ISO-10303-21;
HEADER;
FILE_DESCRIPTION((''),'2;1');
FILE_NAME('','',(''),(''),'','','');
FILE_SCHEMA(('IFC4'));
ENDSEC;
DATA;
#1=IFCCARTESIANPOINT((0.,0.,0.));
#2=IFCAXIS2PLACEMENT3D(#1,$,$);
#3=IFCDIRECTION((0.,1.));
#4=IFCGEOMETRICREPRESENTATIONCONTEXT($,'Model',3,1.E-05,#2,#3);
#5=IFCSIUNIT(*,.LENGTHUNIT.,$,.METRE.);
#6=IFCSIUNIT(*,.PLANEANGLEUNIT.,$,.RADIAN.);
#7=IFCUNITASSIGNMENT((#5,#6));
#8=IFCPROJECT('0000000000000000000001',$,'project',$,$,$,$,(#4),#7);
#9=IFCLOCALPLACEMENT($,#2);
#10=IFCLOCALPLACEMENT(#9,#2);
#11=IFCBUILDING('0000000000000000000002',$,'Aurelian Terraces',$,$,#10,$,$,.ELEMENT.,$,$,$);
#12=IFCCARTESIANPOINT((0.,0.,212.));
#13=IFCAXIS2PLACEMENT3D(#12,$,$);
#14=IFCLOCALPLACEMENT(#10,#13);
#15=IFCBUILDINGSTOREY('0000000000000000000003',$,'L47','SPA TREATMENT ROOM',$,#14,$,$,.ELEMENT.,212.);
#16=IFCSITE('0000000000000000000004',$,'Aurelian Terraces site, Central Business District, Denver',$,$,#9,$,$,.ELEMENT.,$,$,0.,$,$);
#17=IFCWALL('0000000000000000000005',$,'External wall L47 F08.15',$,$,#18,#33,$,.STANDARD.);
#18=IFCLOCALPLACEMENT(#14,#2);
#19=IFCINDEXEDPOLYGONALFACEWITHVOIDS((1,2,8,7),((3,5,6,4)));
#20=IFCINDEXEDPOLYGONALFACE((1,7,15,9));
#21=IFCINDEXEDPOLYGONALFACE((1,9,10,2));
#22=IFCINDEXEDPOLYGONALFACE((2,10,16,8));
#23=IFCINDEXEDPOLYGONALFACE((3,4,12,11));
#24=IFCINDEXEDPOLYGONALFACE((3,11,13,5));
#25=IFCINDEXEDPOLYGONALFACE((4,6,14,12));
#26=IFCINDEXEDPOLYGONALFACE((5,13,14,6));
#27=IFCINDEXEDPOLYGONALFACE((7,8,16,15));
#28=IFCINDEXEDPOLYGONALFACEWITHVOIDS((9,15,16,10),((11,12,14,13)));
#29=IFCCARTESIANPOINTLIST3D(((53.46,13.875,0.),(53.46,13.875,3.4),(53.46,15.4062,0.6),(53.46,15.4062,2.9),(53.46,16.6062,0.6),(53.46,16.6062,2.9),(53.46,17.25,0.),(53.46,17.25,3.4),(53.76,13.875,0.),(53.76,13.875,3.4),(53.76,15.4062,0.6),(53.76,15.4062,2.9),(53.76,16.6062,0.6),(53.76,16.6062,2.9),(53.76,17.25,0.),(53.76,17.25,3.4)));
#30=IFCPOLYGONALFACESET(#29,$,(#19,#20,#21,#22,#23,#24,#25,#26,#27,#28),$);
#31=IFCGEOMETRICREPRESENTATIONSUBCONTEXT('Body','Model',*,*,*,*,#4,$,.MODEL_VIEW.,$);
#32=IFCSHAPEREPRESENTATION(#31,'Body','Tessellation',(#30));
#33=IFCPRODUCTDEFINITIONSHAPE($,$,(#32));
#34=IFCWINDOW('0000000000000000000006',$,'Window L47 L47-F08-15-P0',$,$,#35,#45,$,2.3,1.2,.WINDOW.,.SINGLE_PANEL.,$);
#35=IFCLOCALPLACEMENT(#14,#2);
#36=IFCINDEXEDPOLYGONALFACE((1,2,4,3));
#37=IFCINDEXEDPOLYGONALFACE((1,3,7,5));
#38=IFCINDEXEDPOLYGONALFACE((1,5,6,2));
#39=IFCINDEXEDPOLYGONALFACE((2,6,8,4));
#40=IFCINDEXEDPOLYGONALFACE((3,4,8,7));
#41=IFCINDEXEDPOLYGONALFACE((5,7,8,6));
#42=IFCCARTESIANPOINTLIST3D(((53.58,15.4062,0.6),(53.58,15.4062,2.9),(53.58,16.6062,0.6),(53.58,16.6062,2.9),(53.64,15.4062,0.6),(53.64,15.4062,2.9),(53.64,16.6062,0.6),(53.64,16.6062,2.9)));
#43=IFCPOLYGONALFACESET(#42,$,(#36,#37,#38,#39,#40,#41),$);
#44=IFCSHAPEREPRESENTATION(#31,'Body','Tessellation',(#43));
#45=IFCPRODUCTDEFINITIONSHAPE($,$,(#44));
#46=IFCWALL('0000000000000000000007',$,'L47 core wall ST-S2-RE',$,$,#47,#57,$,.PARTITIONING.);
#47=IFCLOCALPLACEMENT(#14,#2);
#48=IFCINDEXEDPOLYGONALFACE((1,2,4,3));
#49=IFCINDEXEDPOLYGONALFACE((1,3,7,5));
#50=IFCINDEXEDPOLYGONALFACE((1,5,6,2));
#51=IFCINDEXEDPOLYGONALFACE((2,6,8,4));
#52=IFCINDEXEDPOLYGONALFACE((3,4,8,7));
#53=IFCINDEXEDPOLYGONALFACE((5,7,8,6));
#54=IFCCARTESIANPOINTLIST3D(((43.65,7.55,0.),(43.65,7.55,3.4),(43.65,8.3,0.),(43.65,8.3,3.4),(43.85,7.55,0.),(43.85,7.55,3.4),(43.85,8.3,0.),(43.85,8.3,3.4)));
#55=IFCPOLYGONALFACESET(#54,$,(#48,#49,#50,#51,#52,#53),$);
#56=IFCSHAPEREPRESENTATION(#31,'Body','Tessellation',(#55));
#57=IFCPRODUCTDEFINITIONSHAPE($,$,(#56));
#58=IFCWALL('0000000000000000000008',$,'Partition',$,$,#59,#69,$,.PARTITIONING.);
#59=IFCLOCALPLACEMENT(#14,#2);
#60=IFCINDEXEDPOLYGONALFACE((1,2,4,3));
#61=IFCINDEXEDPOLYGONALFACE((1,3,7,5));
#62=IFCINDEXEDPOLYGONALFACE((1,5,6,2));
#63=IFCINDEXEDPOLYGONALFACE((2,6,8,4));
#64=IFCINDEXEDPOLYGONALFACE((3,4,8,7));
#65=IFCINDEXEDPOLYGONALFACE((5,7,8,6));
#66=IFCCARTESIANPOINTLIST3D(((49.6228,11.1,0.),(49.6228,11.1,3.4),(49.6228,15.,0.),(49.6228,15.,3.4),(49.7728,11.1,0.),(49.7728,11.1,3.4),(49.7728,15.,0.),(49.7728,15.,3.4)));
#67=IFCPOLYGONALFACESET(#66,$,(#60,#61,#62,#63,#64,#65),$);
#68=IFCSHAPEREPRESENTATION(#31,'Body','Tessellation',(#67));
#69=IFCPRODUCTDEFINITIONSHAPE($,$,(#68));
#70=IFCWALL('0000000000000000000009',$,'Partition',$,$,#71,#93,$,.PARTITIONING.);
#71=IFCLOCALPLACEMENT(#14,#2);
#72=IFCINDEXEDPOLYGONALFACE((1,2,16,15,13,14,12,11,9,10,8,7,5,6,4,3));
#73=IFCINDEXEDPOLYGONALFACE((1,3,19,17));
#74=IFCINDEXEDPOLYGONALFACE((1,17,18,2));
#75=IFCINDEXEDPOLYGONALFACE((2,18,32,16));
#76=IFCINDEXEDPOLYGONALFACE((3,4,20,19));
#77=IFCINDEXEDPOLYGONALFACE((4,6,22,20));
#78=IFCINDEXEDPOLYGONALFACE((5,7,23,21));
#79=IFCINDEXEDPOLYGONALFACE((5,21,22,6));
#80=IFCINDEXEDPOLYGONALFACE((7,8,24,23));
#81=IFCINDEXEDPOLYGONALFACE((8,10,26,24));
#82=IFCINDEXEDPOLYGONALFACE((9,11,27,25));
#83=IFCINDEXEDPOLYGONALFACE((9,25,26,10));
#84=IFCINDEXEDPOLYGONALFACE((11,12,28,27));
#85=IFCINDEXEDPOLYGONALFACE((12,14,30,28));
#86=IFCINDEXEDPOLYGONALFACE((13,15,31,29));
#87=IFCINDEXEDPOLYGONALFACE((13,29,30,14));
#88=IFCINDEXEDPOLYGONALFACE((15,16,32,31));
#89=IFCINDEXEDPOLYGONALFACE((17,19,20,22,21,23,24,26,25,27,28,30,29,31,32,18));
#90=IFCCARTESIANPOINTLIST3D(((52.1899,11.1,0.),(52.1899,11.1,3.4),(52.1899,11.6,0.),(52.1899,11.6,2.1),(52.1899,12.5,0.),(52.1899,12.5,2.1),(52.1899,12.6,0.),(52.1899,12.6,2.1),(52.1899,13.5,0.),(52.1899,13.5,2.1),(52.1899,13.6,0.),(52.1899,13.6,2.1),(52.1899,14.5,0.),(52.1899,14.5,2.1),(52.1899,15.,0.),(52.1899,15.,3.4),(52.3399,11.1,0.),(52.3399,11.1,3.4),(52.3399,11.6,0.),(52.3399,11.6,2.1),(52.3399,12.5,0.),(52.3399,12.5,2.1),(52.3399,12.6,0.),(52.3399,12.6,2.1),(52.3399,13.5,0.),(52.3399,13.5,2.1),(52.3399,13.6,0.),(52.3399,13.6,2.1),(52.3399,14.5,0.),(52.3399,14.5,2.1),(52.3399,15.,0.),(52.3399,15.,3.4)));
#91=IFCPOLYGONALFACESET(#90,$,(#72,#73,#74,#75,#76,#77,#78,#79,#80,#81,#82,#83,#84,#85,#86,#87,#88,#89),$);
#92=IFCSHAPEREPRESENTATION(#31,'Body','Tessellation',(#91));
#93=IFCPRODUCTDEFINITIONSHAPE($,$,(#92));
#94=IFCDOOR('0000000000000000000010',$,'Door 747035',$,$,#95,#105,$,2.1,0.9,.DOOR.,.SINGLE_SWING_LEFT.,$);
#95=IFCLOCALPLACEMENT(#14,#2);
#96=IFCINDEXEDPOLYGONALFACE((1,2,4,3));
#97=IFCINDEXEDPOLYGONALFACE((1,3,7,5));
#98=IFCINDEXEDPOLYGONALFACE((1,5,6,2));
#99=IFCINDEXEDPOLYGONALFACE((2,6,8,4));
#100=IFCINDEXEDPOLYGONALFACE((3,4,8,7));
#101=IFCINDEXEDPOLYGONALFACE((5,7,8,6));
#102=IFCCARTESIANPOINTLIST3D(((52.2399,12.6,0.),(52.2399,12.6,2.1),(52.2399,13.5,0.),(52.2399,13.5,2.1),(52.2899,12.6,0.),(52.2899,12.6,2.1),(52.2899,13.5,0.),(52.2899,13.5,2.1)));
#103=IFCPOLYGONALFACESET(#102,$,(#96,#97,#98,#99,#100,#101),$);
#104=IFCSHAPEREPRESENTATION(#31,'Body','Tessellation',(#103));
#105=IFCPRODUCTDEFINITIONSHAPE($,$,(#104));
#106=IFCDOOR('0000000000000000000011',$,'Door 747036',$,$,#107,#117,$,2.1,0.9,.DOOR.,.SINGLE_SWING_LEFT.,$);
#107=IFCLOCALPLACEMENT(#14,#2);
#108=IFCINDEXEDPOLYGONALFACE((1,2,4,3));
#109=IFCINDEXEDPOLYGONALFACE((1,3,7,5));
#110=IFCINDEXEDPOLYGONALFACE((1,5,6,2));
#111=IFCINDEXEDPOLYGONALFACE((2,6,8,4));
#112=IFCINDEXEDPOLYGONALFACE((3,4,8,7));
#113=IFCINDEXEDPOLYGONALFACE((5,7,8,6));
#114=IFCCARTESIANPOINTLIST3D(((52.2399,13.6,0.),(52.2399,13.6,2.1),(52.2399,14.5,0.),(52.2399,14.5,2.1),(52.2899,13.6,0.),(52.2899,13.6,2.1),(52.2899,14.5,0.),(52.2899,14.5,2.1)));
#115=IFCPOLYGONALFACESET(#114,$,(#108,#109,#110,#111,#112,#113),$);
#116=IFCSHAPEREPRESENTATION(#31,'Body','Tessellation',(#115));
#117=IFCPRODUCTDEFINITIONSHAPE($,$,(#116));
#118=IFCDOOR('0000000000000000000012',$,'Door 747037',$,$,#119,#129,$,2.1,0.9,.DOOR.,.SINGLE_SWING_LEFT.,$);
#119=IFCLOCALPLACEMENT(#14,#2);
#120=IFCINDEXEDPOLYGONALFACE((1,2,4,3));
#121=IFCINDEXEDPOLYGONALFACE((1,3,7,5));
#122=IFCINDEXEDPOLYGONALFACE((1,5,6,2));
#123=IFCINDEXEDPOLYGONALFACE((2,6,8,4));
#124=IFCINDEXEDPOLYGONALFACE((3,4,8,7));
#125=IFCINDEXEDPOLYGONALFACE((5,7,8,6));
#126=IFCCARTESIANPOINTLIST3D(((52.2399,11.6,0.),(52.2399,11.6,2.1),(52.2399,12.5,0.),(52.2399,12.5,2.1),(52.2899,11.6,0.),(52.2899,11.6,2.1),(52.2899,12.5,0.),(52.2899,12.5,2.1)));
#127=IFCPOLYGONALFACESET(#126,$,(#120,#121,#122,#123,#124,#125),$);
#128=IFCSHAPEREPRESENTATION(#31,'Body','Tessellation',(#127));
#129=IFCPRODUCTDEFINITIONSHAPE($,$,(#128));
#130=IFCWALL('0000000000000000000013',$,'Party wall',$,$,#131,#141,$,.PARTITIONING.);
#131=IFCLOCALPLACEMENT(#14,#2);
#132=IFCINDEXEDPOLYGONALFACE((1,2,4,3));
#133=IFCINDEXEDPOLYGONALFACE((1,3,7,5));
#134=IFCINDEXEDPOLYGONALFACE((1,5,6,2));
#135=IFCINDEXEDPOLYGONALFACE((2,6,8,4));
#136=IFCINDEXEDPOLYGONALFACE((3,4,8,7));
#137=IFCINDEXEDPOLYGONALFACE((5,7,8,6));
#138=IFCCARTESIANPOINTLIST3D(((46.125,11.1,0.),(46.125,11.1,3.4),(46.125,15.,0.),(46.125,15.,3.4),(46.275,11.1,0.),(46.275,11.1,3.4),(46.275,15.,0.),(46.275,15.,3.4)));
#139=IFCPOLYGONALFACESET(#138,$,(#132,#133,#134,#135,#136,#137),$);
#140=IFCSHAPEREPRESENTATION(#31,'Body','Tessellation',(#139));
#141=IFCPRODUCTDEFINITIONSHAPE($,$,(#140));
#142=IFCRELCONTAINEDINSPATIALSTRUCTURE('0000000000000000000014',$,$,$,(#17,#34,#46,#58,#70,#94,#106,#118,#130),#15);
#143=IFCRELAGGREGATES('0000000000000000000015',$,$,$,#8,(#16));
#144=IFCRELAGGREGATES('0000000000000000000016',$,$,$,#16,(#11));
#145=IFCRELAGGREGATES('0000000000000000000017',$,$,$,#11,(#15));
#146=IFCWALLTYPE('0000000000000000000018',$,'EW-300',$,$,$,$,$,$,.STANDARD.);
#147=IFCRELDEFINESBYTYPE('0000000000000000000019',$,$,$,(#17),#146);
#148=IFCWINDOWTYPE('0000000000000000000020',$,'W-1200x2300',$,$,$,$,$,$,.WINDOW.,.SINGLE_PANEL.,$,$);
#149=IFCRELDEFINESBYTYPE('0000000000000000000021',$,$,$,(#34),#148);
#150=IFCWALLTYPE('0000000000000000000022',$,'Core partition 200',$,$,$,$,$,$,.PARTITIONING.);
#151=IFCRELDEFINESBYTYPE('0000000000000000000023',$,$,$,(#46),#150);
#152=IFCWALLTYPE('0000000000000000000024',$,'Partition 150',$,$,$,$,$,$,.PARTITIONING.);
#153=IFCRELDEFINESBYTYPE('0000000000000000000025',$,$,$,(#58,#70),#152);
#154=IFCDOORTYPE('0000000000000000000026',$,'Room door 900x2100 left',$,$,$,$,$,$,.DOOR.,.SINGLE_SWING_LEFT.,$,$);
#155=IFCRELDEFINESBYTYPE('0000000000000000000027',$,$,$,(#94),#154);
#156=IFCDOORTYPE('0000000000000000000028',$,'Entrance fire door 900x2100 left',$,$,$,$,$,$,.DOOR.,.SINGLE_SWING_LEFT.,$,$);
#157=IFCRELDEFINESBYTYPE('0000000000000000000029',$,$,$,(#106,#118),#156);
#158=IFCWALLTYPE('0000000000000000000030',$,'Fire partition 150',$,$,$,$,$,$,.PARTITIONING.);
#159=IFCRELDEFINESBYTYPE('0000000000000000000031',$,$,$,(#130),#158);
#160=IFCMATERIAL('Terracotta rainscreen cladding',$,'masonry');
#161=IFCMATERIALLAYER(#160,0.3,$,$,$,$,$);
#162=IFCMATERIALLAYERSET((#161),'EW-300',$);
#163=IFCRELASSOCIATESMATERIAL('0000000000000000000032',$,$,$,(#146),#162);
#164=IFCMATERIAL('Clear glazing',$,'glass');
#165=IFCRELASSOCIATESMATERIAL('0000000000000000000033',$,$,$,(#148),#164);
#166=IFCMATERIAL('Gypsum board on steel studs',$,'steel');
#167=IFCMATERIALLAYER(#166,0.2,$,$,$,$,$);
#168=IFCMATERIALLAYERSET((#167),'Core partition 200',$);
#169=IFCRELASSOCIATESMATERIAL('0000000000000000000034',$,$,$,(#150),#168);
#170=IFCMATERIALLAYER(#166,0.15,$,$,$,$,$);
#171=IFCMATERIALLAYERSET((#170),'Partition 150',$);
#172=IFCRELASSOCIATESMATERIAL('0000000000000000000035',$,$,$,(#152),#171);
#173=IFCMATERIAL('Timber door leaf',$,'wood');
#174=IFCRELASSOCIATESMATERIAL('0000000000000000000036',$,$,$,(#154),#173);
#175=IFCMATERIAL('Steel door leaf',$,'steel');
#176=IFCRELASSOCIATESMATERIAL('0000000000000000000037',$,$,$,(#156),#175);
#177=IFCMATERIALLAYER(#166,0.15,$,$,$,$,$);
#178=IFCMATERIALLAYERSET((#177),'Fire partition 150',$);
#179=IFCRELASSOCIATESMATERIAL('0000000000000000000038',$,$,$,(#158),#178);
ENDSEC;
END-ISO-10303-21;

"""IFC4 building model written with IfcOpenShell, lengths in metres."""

from ifc_helpers import new_model, si_unit, direction, frame, frame_2d, origin, place, context, subcontext, project, spatial, rectangle, extrude, source, transform, mapped, material, layer, layer_set, type_object, element, fill, save


model = new_model("IFC4")

# Units and contexts
model_context = context("Model", 3, precision=1e-05, world=origin(), true_north=direction((0.0, 1.0)))
body_context = subcontext(model_context, "Body", "Model", "MODEL_VIEW")
ifc_project = project(units=[si_unit("LENGTHUNIT", "METRE"), si_unit("PLANEANGLEUNIT", "RADIAN")], contexts=[model_context])

# Site, building, storey
site_placement = place(None, origin())
site = spatial("IfcSite", under=ifc_project, at=site_placement, Name="Aurelian Terraces site, Central Business District, Denver", CompositionType="ELEMENT", RefElevation=0.0)
building_placement = place(site_placement, origin())
building = spatial("IfcBuilding", under=site, at=building_placement, Name="Aurelian Terraces", CompositionType="ELEMENT")
storey_placement = place(building_placement, frame((0.0, 0.0, 212.0)))
storey = spatial("IfcBuildingStorey", under=building, at=storey_placement, Name="L47", Description="SPA TREATMENT ROOM", CompositionType="ELEMENT", Elevation=212.0)

# Shared definitions
ifc_material_1 = material(Name="Terracotta rainscreen cladding", Category="masonry")
ifc_layer_1 = layer(ifc_material_1, 0.3)
ifc_layer_set_1 = layer_set([ifc_layer_1], Name="EW-300")
wall_type_1 = type_object("IfcWallType", Name="EW-300", PredefinedType="STANDARD", material=ifc_layer_set_1)
ifc_material_2 = material(Name="Clear glazing", Category="glass")

# Wall, opening, window
shared_shape_1 = source(origin(), body_context, "Body", "SweptSolid", [
    extrude(rectangle(XDim=3.375, YDim=0.3, at=frame_2d((1.6875, 0.0))), origin(), (0.0, 0.0, 1.0), 3.4),
])
shared_shape_2 = source(origin(), body_context, "Body", "SweptSolid", [
    extrude(rectangle(XDim=1.2, YDim=2.3, at=frame_2d((0.6, 1.15))), frame((0.0, 0.16, 0.0), z_axis=(0.0, -1.0, 0.0), x_axis=(1.0, 0.0, 0.0)), (0.0, 0.0, 1.0), 0.32),
])
window_type_1 = type_object("IfcWindowType", Name="W-1200x2300", PartitioningType="SINGLE_PANEL", PredefinedType="WINDOW", material=ifc_material_2)
shared_shape_3 = source(origin(), body_context, "Body", "SweptSolid", [
    extrude(rectangle(XDim=1.2, YDim=2.3, at=frame_2d((0.6, 1.15))), frame((0.0, 0.03, 0.0), z_axis=(0.0, -1.0, 0.0), x_axis=(1.0, 0.0, 0.0)), (0.0, 0.0, 1.0), 0.06),
])
wall_1_placement = place(storey_placement, frame((53.61, 13.875, 0.0), z_axis=(0.0, 0.0, 1.0), x_axis=(0.0, 1.0, 0.0)))
wall_1 = element("IfcWall", 1, at=wall_1_placement, inside=storey, type_object=wall_type_1, Name="External wall L47 F08.15", PredefinedType="STANDARD", context=body_context, shape_type="MappedRepresentation", body=[
    mapped(shared_shape_1, transform((0.0, 0.0, 0.0), scale=1.0)),
])
opening_1_placement = place(wall_1_placement, frame((1.5312, 0.0, 0.6)))
opening_1 = element("IfcOpeningElement", 2, at=opening_1_placement, cuts=wall_1, PredefinedType="OPENING", context=body_context, shape_type="MappedRepresentation", body=[
    mapped(shared_shape_2, transform((0.0, 0.0, 0.0), scale=1.0)),
])
window_1_placement = place(opening_1_placement, origin())
window_1 = element("IfcWindow", 3, at=window_1_placement, inside=storey, type_object=window_type_1, Name="Window L47 L47-F08-15-P0", OverallHeight=2.3, OverallWidth=1.2, PartitioningType="SINGLE_PANEL", PredefinedType="WINDOW", context=body_context, shape_type="MappedRepresentation", body=[
    mapped(shared_shape_3, transform((0.0, 0.0, 0.0), scale=1.0)),
])
fill(opening_1, window_1)

# Walls
ifc_material_3 = material(Name="Gypsum board on steel studs", Category="steel")
ifc_layer_2 = layer(ifc_material_3, 0.2)
ifc_layer_set_2 = layer_set([ifc_layer_2], Name="Core partition 200")
wall_type_2 = type_object("IfcWallType", Name="Core partition 200", PredefinedType="PARTITIONING", material=ifc_layer_set_2)
shared_shape_4 = source(origin(), body_context, "Body", "SweptSolid", [
    extrude(rectangle(XDim=0.75, YDim=0.2, at=frame_2d((0.375, 0.0))), origin(), (0.0, 0.0, 1.0), 3.4),
])
wall_2_placement = place(storey_placement, frame((43.75, 7.55, 0.0), z_axis=(0.0, 0.0, 1.0), x_axis=(0.0, 1.0, 0.0)))
element("IfcWall", 4, at=wall_2_placement, inside=storey, type_object=wall_type_2, Name="L47 core wall ST-S2-RE", PredefinedType="PARTITIONING", context=body_context, shape_type="MappedRepresentation", body=[
    mapped(shared_shape_4, transform((0.0, 0.0, 0.0), scale=1.0)),
])
ifc_layer_3 = layer(ifc_material_3, 0.15)
ifc_layer_set_3 = layer_set([ifc_layer_3], Name="Partition 150")
wall_type_3 = type_object("IfcWallType", Name="Partition 150", PredefinedType="PARTITIONING", material=ifc_layer_set_3)
shared_shape_5 = source(origin(), body_context, "Body", "SweptSolid", [
    extrude(rectangle(XDim=3.9, YDim=0.15, at=frame_2d((1.95, 0.0))), origin(), (0.0, 0.0, 1.0), 3.4),
])
wall_3_placement = place(storey_placement, frame((49.6978, 11.1, 0.0), z_axis=(0.0, 0.0, 1.0), x_axis=(0.0, 1.0, 0.0)))
element("IfcWall", 5, at=wall_3_placement, inside=storey, type_object=wall_type_3, Name="Partition", PredefinedType="PARTITIONING", context=body_context, shape_type="MappedRepresentation", body=[
    mapped(shared_shape_5, transform((0.0, 0.0, 0.0), scale=1.0)),
])

# Wall, openings, doors
wall_4_placement = place(storey_placement, frame((52.2649, 11.1, 0.0), z_axis=(0.0, 0.0, 1.0), x_axis=(0.0, 1.0, 0.0)))
wall_4 = element("IfcWall", 6, at=wall_4_placement, inside=storey, type_object=wall_type_3, Name="Partition", PredefinedType="PARTITIONING", context=body_context, shape_type="MappedRepresentation", body=[
    mapped(shared_shape_5, transform((0.0, 0.0, 0.0), scale=1.0)),
])
shared_shape_6 = source(origin(), body_context, "Body", "SweptSolid", [
    extrude(rectangle(XDim=0.9, YDim=2.1, at=frame_2d((0.45, 1.05))), frame((0.0, 0.085, 0.0), z_axis=(0.0, -1.0, 0.0), x_axis=(1.0, 0.0, 0.0)), (0.0, 0.0, 1.0), 0.17),
])
opening_2_placement = place(wall_4_placement, frame((1.5, 0.0, 0.0)))
opening_2 = element("IfcOpeningElement", 7, at=opening_2_placement, cuts=wall_4, PredefinedType="OPENING", context=body_context, shape_type="MappedRepresentation", body=[
    mapped(shared_shape_6, transform((0.0, 0.0, 0.0), scale=1.0)),
])
opening_3_placement = place(wall_4_placement, frame((2.5, 0.0, 0.0)))
opening_3 = element("IfcOpeningElement", 8, at=opening_3_placement, cuts=wall_4, PredefinedType="OPENING", context=body_context, shape_type="MappedRepresentation", body=[
    mapped(shared_shape_6, transform((0.0, 0.0, 0.0), scale=1.0)),
])
opening_4_placement = place(wall_4_placement, frame((0.5, 0.0, 0.0)))
opening_4 = element("IfcOpeningElement", 9, at=opening_4_placement, cuts=wall_4, PredefinedType="OPENING", context=body_context, shape_type="MappedRepresentation", body=[
    mapped(shared_shape_6, transform((0.0, 0.0, 0.0), scale=1.0)),
])
ifc_material_4 = material(Name="Timber door leaf", Category="wood")
door_type_1 = type_object("IfcDoorType", Name="Room door 900x2100 left", OperationType="SINGLE_SWING_LEFT", PredefinedType="DOOR", material=ifc_material_4)
shared_shape_7 = source(origin(), body_context, "Body", "SweptSolid", [
    extrude(rectangle(XDim=0.9, YDim=2.1, at=frame_2d((0.45, 1.05))), frame((0.0, 0.025, 0.0), z_axis=(0.0, -1.0, 0.0), x_axis=(1.0, 0.0, 0.0)), (0.0, 0.0, 1.0), 0.05),
])
door_1_placement = place(opening_2_placement, origin())
door_1 = element("IfcDoor", 10, at=door_1_placement, inside=storey, type_object=door_type_1, Name="Door 747035", OperationType="SINGLE_SWING_LEFT", OverallHeight=2.1, OverallWidth=0.9, PredefinedType="DOOR", context=body_context, shape_type="MappedRepresentation", body=[
    mapped(shared_shape_7, transform((0.0, 0.0, 0.0), scale=1.0)),
])
fill(opening_2, door_1)
ifc_material_5 = material(Name="Steel door leaf", Category="steel")
door_type_2 = type_object("IfcDoorType", Name="Entrance fire door 900x2100 left", OperationType="SINGLE_SWING_LEFT", PredefinedType="DOOR", material=ifc_material_5)
door_2_placement = place(opening_3_placement, origin())
door_2 = element("IfcDoor", 11, at=door_2_placement, inside=storey, type_object=door_type_2, Name="Door 747036", OperationType="SINGLE_SWING_LEFT", OverallHeight=2.1, OverallWidth=0.9, PredefinedType="DOOR", context=body_context, shape_type="MappedRepresentation", body=[
    mapped(shared_shape_7, transform((0.0, 0.0, 0.0), scale=1.0)),
])
fill(opening_3, door_2)
door_3_placement = place(opening_4_placement, origin())
door_3 = element("IfcDoor", 12, at=door_3_placement, inside=storey, type_object=door_type_2, Name="Door 747037", OperationType="SINGLE_SWING_LEFT", OverallHeight=2.1, OverallWidth=0.9, PredefinedType="DOOR", context=body_context, shape_type="MappedRepresentation", body=[
    mapped(shared_shape_7, transform((0.0, 0.0, 0.0), scale=1.0)),
])
fill(opening_4, door_3)

# Wall
ifc_layer_4 = layer(ifc_material_3, 0.15)
ifc_layer_set_4 = layer_set([ifc_layer_4], Name="Fire partition 150")
wall_type_4 = type_object("IfcWallType", Name="Fire partition 150", PredefinedType="PARTITIONING", material=ifc_layer_set_4)
wall_5_placement = place(storey_placement, frame((46.2, 11.1, 0.0), z_axis=(0.0, 0.0, 1.0), x_axis=(0.0, 1.0, 0.0)))
element("IfcWall", 13, at=wall_5_placement, inside=storey, type_object=wall_type_4, Name="Party wall", PredefinedType="PARTITIONING", context=body_context, shape_type="MappedRepresentation", body=[
    mapped(shared_shape_5, transform((0.0, 0.0, 0.0), scale=1.0)),
])

save(model, "model.ifc")
